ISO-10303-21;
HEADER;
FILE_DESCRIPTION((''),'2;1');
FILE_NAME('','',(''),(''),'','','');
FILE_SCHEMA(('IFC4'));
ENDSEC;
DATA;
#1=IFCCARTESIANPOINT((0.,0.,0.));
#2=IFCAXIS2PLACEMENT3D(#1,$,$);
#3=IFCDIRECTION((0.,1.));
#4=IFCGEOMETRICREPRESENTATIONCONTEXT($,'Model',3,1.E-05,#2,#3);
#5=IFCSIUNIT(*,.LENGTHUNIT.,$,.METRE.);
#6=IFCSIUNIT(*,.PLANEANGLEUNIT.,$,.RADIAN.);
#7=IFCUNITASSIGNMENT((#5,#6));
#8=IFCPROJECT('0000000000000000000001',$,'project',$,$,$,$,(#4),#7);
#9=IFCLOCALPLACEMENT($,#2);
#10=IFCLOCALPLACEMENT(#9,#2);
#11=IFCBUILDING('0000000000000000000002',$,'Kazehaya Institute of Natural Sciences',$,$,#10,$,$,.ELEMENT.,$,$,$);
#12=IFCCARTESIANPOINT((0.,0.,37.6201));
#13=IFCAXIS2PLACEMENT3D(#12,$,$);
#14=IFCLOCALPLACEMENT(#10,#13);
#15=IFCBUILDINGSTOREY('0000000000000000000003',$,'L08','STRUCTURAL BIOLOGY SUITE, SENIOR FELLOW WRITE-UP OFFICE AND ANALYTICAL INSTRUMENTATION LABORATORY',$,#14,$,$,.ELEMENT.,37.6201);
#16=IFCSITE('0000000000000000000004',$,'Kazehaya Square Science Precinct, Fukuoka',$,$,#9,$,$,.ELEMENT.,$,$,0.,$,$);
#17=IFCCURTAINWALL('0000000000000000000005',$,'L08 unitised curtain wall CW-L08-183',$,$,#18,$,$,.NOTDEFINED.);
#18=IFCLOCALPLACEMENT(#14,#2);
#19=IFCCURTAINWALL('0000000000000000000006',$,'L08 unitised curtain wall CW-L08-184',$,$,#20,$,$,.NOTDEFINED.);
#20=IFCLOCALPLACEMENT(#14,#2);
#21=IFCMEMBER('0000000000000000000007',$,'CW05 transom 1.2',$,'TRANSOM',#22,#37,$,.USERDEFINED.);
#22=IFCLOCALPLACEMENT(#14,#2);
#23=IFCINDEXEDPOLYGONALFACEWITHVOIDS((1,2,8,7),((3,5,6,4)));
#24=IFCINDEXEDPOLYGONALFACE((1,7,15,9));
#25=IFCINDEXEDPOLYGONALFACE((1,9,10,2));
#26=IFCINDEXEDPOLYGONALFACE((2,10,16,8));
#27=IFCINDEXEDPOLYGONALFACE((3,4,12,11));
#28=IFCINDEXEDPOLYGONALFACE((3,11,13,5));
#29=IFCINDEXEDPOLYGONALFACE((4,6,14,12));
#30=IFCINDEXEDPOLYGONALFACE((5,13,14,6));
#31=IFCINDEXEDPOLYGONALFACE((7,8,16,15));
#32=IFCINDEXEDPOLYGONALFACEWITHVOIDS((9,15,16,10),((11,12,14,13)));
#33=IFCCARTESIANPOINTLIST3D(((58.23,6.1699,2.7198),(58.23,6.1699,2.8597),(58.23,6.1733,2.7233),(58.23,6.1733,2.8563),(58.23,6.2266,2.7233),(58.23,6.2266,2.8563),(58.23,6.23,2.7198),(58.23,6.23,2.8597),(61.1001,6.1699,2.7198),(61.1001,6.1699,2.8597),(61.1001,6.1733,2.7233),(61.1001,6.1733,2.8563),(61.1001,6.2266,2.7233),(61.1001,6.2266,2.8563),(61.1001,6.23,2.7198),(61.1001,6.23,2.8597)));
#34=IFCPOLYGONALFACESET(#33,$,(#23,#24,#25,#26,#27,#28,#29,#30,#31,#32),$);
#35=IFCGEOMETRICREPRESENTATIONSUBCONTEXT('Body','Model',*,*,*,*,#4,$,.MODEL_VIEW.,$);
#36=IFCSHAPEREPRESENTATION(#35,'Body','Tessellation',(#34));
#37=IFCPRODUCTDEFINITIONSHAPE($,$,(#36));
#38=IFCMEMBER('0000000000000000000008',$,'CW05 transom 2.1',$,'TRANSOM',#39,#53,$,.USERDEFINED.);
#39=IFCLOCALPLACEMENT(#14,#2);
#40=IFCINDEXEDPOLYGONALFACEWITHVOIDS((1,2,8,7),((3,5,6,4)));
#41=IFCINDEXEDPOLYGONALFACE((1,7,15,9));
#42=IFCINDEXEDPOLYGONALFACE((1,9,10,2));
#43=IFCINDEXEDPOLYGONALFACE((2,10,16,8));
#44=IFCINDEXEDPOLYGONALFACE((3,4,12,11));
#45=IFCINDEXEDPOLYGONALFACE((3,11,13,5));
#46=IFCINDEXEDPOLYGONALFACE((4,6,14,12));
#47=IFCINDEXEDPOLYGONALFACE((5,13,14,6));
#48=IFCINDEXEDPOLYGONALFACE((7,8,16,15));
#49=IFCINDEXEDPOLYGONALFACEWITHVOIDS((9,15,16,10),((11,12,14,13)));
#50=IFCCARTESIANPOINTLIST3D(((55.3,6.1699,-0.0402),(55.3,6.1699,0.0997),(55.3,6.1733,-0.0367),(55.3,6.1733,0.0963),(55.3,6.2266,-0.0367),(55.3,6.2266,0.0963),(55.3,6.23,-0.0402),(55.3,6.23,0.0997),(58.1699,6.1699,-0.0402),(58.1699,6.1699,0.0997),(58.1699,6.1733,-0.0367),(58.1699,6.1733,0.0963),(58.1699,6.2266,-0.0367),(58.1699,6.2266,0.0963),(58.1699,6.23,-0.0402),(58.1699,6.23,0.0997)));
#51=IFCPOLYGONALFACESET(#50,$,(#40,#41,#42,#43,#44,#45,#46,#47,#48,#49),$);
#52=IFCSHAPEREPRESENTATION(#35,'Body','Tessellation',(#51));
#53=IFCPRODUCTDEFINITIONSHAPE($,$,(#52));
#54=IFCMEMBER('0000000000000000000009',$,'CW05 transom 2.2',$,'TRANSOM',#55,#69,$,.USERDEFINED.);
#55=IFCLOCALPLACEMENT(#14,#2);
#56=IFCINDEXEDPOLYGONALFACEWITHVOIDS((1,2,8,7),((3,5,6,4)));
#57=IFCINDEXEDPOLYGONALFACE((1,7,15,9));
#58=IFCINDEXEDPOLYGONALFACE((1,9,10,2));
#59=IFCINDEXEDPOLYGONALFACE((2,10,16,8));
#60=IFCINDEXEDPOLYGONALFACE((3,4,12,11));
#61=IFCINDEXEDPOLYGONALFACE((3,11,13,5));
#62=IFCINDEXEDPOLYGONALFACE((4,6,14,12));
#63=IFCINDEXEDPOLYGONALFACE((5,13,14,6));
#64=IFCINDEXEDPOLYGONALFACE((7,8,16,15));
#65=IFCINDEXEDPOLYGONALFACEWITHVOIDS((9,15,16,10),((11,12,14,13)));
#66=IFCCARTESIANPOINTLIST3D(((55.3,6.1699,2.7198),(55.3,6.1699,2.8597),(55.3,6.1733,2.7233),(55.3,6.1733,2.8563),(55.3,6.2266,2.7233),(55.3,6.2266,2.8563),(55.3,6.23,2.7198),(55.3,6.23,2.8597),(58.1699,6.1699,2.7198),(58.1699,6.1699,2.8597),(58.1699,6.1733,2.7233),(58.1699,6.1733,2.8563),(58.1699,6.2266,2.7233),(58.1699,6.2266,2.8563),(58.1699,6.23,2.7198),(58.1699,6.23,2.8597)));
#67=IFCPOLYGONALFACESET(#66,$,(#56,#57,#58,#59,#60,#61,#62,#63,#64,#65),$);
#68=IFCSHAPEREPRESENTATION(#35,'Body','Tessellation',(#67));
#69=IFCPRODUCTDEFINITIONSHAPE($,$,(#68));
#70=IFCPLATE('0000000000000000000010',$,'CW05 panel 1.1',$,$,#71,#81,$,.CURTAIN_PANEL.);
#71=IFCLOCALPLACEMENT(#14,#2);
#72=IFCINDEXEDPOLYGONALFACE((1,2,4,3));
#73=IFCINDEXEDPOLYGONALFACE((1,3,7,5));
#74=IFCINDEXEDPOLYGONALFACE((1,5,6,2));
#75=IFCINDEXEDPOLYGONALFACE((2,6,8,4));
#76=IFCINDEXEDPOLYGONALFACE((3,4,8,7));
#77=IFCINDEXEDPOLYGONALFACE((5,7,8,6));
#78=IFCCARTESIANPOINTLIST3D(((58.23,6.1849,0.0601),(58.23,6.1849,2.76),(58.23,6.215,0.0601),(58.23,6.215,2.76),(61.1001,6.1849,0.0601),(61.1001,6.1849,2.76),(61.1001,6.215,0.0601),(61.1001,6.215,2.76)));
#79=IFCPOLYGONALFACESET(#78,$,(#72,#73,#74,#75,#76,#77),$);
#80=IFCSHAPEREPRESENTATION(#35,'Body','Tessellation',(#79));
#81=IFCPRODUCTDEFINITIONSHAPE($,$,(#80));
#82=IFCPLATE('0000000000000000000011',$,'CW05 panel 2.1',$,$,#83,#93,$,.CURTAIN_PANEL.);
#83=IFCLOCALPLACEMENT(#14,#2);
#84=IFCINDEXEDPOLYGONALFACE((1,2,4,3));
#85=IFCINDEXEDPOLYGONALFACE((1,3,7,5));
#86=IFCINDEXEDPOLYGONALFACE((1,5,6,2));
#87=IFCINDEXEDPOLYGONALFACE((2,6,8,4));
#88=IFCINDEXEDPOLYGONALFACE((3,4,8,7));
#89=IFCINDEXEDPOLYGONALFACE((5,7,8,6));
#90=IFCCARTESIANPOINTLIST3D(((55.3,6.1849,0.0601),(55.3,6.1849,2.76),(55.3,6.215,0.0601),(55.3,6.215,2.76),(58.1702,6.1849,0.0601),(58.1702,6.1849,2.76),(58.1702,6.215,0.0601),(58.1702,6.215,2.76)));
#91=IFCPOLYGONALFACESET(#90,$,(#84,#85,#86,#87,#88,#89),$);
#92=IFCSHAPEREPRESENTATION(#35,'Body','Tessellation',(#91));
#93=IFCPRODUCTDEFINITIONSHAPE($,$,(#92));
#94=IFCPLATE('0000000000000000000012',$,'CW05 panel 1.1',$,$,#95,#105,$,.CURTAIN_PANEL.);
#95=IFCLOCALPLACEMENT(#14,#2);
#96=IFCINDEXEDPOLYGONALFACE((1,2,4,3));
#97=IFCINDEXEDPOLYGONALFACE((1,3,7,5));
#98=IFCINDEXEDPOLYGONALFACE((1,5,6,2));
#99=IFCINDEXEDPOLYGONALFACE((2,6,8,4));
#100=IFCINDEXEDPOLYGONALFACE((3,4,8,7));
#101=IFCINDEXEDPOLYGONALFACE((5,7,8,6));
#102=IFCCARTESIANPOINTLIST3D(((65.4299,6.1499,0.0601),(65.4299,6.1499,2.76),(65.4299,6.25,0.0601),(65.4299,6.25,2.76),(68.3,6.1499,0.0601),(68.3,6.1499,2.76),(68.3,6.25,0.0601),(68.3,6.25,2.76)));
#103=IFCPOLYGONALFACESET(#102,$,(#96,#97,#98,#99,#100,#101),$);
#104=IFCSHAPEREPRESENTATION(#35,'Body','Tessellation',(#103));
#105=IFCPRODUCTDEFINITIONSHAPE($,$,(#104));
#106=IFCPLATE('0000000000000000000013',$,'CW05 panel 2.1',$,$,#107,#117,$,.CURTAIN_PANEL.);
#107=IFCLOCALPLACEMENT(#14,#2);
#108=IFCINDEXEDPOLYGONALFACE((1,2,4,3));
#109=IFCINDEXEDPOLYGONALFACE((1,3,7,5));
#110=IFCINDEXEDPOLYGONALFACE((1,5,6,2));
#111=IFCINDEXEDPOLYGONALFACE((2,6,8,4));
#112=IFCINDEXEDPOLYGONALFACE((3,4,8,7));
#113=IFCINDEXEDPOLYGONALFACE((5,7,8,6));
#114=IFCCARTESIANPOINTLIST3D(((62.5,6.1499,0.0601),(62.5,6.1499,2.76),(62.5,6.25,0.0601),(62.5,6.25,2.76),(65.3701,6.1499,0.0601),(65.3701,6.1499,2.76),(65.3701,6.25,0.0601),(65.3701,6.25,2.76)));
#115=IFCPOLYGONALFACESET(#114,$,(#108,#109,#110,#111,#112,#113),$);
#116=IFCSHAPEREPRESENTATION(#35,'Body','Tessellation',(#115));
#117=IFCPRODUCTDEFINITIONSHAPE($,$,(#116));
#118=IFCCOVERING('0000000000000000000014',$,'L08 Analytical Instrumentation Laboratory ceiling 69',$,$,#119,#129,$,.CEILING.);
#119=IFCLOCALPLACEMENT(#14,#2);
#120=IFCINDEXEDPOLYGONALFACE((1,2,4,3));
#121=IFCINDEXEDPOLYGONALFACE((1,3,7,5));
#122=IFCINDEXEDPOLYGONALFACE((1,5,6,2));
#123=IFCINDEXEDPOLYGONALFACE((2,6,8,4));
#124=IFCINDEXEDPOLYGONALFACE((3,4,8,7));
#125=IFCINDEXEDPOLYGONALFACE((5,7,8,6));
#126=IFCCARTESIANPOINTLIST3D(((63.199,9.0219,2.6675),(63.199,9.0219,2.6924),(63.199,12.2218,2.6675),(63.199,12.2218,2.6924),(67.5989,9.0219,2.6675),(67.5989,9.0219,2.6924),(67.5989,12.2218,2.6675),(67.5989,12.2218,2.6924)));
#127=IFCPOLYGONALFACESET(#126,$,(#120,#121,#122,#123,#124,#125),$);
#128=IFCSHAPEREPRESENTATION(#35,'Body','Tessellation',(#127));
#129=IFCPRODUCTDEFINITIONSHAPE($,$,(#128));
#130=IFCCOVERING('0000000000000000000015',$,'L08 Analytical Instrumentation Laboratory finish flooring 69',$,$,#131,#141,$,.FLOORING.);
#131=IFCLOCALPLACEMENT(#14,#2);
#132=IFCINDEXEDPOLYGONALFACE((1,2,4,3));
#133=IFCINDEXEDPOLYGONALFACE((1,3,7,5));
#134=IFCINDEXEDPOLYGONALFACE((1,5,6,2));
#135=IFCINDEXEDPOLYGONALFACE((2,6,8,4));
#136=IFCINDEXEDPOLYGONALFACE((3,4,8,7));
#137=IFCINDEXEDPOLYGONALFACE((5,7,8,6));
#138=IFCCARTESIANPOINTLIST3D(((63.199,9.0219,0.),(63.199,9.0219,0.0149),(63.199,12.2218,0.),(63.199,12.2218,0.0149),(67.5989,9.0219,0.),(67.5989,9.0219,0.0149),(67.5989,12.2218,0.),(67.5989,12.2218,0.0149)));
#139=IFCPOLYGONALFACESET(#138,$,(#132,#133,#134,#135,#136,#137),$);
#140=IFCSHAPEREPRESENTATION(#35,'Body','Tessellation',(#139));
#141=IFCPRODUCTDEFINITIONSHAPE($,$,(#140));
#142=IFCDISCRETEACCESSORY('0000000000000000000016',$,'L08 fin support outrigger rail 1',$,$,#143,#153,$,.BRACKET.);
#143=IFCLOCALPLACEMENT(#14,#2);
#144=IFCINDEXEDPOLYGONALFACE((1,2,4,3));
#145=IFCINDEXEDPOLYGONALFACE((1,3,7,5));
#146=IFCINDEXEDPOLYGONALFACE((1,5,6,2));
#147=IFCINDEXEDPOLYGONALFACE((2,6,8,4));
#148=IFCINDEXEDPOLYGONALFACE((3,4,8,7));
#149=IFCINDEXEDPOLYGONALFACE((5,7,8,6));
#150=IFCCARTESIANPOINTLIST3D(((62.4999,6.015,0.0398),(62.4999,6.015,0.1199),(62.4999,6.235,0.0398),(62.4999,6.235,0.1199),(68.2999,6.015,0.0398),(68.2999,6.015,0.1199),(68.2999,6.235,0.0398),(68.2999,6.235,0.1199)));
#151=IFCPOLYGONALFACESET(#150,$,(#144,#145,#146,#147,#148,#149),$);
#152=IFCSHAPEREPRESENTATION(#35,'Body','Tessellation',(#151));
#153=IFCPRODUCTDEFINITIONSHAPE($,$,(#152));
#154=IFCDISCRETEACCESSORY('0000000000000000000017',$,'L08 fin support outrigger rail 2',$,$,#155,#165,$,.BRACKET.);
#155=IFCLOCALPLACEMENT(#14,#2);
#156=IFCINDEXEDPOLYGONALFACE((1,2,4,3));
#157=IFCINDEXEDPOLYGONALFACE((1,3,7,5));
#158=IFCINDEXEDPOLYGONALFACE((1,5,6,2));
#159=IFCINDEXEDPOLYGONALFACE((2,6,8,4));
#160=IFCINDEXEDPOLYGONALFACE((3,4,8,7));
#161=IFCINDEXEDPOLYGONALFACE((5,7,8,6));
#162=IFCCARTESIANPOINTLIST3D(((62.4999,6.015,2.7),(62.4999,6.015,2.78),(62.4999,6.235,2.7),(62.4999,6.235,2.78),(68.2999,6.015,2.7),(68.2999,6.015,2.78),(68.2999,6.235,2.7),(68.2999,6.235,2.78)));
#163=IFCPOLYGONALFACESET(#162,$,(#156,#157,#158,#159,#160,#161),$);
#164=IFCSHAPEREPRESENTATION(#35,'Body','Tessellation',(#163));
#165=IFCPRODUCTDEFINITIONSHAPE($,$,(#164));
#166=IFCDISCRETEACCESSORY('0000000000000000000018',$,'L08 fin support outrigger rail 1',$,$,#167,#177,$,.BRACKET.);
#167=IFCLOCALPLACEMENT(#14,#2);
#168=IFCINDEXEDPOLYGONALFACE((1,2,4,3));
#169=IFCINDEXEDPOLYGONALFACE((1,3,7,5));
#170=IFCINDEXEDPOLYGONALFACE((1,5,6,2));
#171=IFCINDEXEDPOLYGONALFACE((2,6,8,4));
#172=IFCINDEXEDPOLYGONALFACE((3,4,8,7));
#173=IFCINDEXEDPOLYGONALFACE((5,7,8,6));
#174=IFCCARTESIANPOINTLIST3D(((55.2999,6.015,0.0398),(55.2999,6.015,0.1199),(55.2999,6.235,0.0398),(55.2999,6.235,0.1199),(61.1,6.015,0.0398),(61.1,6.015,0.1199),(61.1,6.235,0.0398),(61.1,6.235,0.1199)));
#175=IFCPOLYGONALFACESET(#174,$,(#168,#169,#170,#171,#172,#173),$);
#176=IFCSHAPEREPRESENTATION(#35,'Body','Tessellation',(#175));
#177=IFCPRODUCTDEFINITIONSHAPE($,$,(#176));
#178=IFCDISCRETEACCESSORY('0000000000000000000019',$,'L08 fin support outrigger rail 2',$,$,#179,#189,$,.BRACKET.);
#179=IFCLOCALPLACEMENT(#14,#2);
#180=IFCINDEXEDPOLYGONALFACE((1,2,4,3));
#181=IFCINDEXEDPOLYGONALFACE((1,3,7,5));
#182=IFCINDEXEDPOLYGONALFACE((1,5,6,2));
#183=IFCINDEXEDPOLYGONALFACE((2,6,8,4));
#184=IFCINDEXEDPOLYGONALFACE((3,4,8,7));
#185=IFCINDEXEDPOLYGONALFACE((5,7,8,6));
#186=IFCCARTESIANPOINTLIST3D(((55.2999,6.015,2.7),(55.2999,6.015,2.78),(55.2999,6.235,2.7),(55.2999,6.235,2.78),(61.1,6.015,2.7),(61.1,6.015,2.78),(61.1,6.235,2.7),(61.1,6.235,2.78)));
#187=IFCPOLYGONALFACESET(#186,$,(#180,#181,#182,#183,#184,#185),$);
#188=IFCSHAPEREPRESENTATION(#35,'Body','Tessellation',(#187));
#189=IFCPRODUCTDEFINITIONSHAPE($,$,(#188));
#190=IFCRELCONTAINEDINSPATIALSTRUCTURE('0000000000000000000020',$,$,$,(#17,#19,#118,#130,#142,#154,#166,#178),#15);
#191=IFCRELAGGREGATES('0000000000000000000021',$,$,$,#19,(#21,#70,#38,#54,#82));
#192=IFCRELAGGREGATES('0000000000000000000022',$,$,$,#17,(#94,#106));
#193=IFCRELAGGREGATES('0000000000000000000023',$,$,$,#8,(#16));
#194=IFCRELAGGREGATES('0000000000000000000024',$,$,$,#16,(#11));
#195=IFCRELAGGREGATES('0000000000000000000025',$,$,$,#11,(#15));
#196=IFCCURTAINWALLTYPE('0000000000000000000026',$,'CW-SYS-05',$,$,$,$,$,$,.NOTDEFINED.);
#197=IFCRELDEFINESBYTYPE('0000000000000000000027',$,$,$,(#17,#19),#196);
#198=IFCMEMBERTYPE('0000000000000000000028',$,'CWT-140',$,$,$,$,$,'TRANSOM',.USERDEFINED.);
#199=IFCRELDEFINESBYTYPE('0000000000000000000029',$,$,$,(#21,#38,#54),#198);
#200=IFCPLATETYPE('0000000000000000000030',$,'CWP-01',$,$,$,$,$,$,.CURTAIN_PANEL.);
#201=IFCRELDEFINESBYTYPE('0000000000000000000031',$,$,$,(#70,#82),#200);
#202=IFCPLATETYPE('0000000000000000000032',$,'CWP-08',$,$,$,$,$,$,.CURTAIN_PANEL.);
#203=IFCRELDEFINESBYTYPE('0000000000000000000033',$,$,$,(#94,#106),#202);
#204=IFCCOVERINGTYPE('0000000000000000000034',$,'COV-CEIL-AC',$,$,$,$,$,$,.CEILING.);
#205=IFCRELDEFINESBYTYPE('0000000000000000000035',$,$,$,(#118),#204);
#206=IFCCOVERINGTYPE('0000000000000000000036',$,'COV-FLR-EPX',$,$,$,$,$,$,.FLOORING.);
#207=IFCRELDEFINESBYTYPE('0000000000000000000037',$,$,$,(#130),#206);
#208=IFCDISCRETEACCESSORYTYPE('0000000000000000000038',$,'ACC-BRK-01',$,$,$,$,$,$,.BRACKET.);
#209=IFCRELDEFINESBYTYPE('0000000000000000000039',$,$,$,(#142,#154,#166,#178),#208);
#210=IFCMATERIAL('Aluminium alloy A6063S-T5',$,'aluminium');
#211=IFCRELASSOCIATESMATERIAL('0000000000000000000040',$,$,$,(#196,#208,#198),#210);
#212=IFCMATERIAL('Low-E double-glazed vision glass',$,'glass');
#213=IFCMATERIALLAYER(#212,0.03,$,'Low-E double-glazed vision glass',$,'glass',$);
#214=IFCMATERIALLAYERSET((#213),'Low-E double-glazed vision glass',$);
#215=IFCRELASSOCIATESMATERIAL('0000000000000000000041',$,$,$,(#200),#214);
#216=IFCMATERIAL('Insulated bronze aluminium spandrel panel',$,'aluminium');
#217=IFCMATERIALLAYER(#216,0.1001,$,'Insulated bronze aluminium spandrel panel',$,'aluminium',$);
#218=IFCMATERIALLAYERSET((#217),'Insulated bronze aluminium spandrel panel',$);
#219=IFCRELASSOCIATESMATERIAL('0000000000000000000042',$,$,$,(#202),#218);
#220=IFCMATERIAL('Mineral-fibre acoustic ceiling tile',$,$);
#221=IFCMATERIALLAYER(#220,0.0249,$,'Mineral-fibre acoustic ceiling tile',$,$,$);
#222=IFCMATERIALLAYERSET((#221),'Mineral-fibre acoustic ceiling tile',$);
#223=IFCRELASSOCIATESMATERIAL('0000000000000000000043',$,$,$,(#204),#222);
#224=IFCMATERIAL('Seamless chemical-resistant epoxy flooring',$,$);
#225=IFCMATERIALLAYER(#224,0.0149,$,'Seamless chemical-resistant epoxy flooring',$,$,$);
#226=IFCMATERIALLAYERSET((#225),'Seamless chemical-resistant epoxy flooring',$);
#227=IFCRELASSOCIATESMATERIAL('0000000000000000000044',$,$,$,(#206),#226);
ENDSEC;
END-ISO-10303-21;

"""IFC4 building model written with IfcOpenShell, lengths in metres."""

from ifc_helpers import new_model, si_unit, direction, frame, origin, origin_2d, place, context, subcontext, project, spatial, rectangle, hollow_rectangle, extrude, material, layer, layer_set, material_profile, profile_set, type_object, element, aggregate, save


model = new_model("IFC4")

# Units and contexts
model_context = context("Model", 3, precision=1e-05, world=origin(), true_north=direction((0.0, 1.0)))
body_context = subcontext(model_context, "Body", "Model", "MODEL_VIEW")
ifc_project = project(units=[si_unit("LENGTHUNIT", "METRE"), si_unit("PLANEANGLEUNIT", "RADIAN")], contexts=[model_context])

# Site, building, storey
site_placement = place(None, origin())
site = spatial("IfcSite", under=ifc_project, at=site_placement, Name="Kazehaya Square Science Precinct, Fukuoka", CompositionType="ELEMENT", RefElevation=0.0)
building_placement = place(site_placement, origin())
building = spatial("IfcBuilding", under=site, at=building_placement, Name="Kazehaya Institute of Natural Sciences", CompositionType="ELEMENT")
storey_placement = place(building_placement, frame((0.0, 0.0, 37.6201)))
storey = spatial("IfcBuildingStorey", under=building, at=storey_placement, Name="L08", Description="STRUCTURAL BIOLOGY SUITE, SENIOR FELLOW WRITE-UP OFFICE AND ANALYTICAL INSTRUMENTATION LABORATORY", CompositionType="ELEMENT", Elevation=37.6201)

# Curtain walls
ifc_material_1 = material(Name="Aluminium alloy A6063S-T5", Category="aluminium")
curtain_wall_type = type_object("IfcCurtainWallType", Name="CW-SYS-05", PredefinedType="NOTDEFINED", material=ifc_material_1)
curtain_wall_1_placement = place(storey_placement, origin())
curtain_wall_1 = element("IfcCurtainWall", 1, at=curtain_wall_1_placement, inside=storey, type_object=curtain_wall_type, Name="L08 unitised curtain wall CW-L08-183", PredefinedType="NOTDEFINED")
curtain_wall_2_placement = place(storey_placement, origin())
curtain_wall_2 = element("IfcCurtainWall", 2, at=curtain_wall_2_placement, inside=storey, type_object=curtain_wall_type, Name="L08 unitised curtain wall CW-L08-184", PredefinedType="NOTDEFINED")

# Members
ifc_material_profile_1 = material_profile(ifc_material_1, hollow_rectangle(XDim=0.0601, YDim=0.1399, WallThickness=0.0034, at=origin_2d()), Name="ALU-60x140x3.5")
ifc_profile_set_1 = profile_set([ifc_material_profile_1], Name="Aluminium alloy A6063S-T5")
member_type_1 = type_object("IfcMemberType", Name="CWT-140", ElementType="TRANSOM", PredefinedType="USERDEFINED", material=ifc_profile_set_1)
member_1_placement = place(storey_placement, frame((61.1001, 6.2, 2.7898), z_axis=(-1.0, 0.0, 0.0), x_axis=(0.0, -1.0, 0.0)))
member_1 = element("IfcMember", 3, at=member_1_placement, type_object=member_type_1, Name="CW05 transom 1.2", ObjectType="TRANSOM", PredefinedType="USERDEFINED", context=body_context, shape_type="SweptSolid", body=[
    extrude(hollow_rectangle(XDim=0.0601, YDim=0.1399, WallThickness=0.0034, at=origin_2d()), origin(), (0.0, 0.0, 1.0), 2.8701),
])
member_2_placement = place(storey_placement, frame((58.1699, 6.2, 0.0298), z_axis=(-1.0, 0.0, 0.0), x_axis=(0.0, -1.0, 0.0)))
member_2 = element("IfcMember", 4, at=member_2_placement, type_object=member_type_1, Name="CW05 transom 2.1", ObjectType="TRANSOM", PredefinedType="USERDEFINED", context=body_context, shape_type="SweptSolid", body=[
    extrude(hollow_rectangle(XDim=0.0601, YDim=0.1399, WallThickness=0.0034, at=origin_2d()), origin(), (0.0, 0.0, 1.0), 2.8699),
])
member_3_placement = place(storey_placement, frame((58.1699, 6.2, 2.7898), z_axis=(-1.0, 0.0, 0.0), x_axis=(0.0, -1.0, 0.0)))
member_3 = element("IfcMember", 5, at=member_3_placement, type_object=member_type_1, Name="CW05 transom 2.2", ObjectType="TRANSOM", PredefinedType="USERDEFINED", context=body_context, shape_type="SweptSolid", body=[
    extrude(hollow_rectangle(XDim=0.0601, YDim=0.1399, WallThickness=0.0034, at=origin_2d()), origin(), (0.0, 0.0, 1.0), 2.8699),
])

# Plates
ifc_material_2 = material(Name="Low-E double-glazed vision glass", Category="glass")
ifc_layer_1 = layer(ifc_material_2, 0.03, Name="Low-E double-glazed vision glass", Category="glass")
ifc_layer_set_1 = layer_set([ifc_layer_1], Name="Low-E double-glazed vision glass")
plate_type_1 = type_object("IfcPlateType", Name="CWP-01", PredefinedType="CURTAIN_PANEL", material=ifc_layer_set_1)
plate_1_placement = place(storey_placement, frame((59.665, 6.2, 0.0601), z_axis=(0.0, 0.0, 1.0), x_axis=(-1.0, 0.0, 0.0)))
plate_1 = element("IfcPlate", 6, at=plate_1_placement, type_object=plate_type_1, Name="CW05 panel 1.1", PredefinedType="CURTAIN_PANEL", context=body_context, shape_type="SweptSolid", body=[
    extrude(rectangle(XDim=2.8701, YDim=0.03, at=origin_2d()), origin(), (0.0, 0.0, 1.0), 2.7),
])
plate_2_placement = place(storey_placement, frame((56.7351, 6.2, 0.0601), z_axis=(0.0, 0.0, 1.0), x_axis=(-1.0, 0.0, 0.0)))
plate_2 = element("IfcPlate", 7, at=plate_2_placement, type_object=plate_type_1, Name="CW05 panel 2.1", PredefinedType="CURTAIN_PANEL", context=body_context, shape_type="SweptSolid", body=[
    extrude(rectangle(XDim=2.8701, YDim=0.03, at=origin_2d()), origin(), (0.0, 0.0, 1.0), 2.7),
])
aggregate(curtain_wall_2, [member_1, plate_1, member_2, member_3, plate_2])
ifc_material_3 = material(Name="Insulated bronze aluminium spandrel panel", Category="aluminium")
ifc_layer_2 = layer(ifc_material_3, 0.1001, Name="Insulated bronze aluminium spandrel panel", Category="aluminium")
ifc_layer_set_2 = layer_set([ifc_layer_2], Name="Insulated bronze aluminium spandrel panel")
plate_type_2 = type_object("IfcPlateType", Name="CWP-08", PredefinedType="CURTAIN_PANEL", material=ifc_layer_set_2)
plate_3_placement = place(storey_placement, frame((66.865, 6.2, 0.0601), z_axis=(0.0, 0.0, 1.0), x_axis=(-1.0, 0.0, 0.0)))
plate_3 = element("IfcPlate", 8, at=plate_3_placement, type_object=plate_type_2, Name="CW05 panel 1.1", PredefinedType="CURTAIN_PANEL", context=body_context, shape_type="SweptSolid", body=[
    extrude(rectangle(XDim=2.8701, YDim=0.1001, at=origin_2d()), origin(), (0.0, 0.0, 1.0), 2.7),
])
plate_4_placement = place(storey_placement, frame((63.9351, 6.2, 0.0601), z_axis=(0.0, 0.0, 1.0), x_axis=(-1.0, 0.0, 0.0)))
plate_4 = element("IfcPlate", 9, at=plate_4_placement, type_object=plate_type_2, Name="CW05 panel 2.1", PredefinedType="CURTAIN_PANEL", context=body_context, shape_type="SweptSolid", body=[
    extrude(rectangle(XDim=2.8701, YDim=0.1001, at=origin_2d()), origin(), (0.0, 0.0, 1.0), 2.7),
])
aggregate(curtain_wall_1, [plate_3, plate_4])

# Coverings
ifc_material_4 = material(Name="Mineral-fibre acoustic ceiling tile")
ifc_layer_3 = layer(ifc_material_4, 0.0249, Name="Mineral-fibre acoustic ceiling tile")
ifc_layer_set_3 = layer_set([ifc_layer_3], Name="Mineral-fibre acoustic ceiling tile")
covering_type_1 = type_object("IfcCoveringType", Name="COV-CEIL-AC", PredefinedType="CEILING", material=ifc_layer_set_3)
covering_1_placement = place(storey_placement, frame((65.3989, 10.6218, 2.6675), z_axis=(0.0, 0.0, 1.0), x_axis=(1.0, 0.0, 0.0)))
element("IfcCovering", 10, at=covering_1_placement, inside=storey, type_object=covering_type_1, Name="L08 Analytical Instrumentation Laboratory ceiling 69", PredefinedType="CEILING", context=body_context, shape_type="SweptSolid", body=[
    extrude(rectangle(XDim=4.3999, YDim=3.2, at=origin_2d()), origin(), (0.0, 0.0, 1.0), 0.0249),
])
ifc_material_5 = material(Name="Seamless chemical-resistant epoxy flooring")
ifc_layer_4 = layer(ifc_material_5, 0.0149, Name="Seamless chemical-resistant epoxy flooring")
ifc_layer_set_4 = layer_set([ifc_layer_4], Name="Seamless chemical-resistant epoxy flooring")
covering_type_2 = type_object("IfcCoveringType", Name="COV-FLR-EPX", PredefinedType="FLOORING", material=ifc_layer_set_4)
covering_2_placement = place(storey_placement, frame((65.3989, 10.6218, 0.0), z_axis=(0.0, 0.0, 1.0), x_axis=(1.0, 0.0, 0.0)))
element("IfcCovering", 11, at=covering_2_placement, inside=storey, type_object=covering_type_2, Name="L08 Analytical Instrumentation Laboratory finish flooring 69", PredefinedType="FLOORING", context=body_context, shape_type="SweptSolid", body=[
    extrude(rectangle(XDim=4.3999, YDim=3.2, at=origin_2d()), origin(), (0.0, 0.0, 1.0), 0.0149),
])

# Discrete accessories
discrete_accessory_type_1 = type_object("IfcDiscreteAccessoryType", Name="ACC-BRK-01", PredefinedType="BRACKET", material=ifc_material_1)
for number, where, z_axis, x_axis, name in (
    (12, (65.3999, 6.125, 0.0398), (0.0, 0.0, 1.0), (-1.0, 0.0, 0.0), "L08 fin support outrigger rail 1"),
    (13, (65.3999, 6.125, 2.7), (0.0, 0.0, 1.0), (-1.0, 0.0, 0.0), "L08 fin support outrigger rail 2"),
    (14, (58.2, 6.125, 0.0398), (0.0, 0.0, 1.0), (-1.0, 0.0, 0.0), "L08 fin support outrigger rail 1"),
    (15, (58.2, 6.125, 2.7), (0.0, 0.0, 1.0), (-1.0, 0.0, 0.0), "L08 fin support outrigger rail 2"),
):
    element("IfcDiscreteAccessory", number, at=place(storey_placement, frame(where, z_axis=z_axis, x_axis=x_axis)), inside=storey, type_object=discrete_accessory_type_1, Name=name, PredefinedType="BRACKET", context=body_context, shape_type="SweptSolid", body=[
        extrude(rectangle(XDim=5.8, YDim=0.22, at=origin_2d()), origin(), (0.0, 0.0, 1.0), 0.0801),
    ])

save(model, "model.ifc")
